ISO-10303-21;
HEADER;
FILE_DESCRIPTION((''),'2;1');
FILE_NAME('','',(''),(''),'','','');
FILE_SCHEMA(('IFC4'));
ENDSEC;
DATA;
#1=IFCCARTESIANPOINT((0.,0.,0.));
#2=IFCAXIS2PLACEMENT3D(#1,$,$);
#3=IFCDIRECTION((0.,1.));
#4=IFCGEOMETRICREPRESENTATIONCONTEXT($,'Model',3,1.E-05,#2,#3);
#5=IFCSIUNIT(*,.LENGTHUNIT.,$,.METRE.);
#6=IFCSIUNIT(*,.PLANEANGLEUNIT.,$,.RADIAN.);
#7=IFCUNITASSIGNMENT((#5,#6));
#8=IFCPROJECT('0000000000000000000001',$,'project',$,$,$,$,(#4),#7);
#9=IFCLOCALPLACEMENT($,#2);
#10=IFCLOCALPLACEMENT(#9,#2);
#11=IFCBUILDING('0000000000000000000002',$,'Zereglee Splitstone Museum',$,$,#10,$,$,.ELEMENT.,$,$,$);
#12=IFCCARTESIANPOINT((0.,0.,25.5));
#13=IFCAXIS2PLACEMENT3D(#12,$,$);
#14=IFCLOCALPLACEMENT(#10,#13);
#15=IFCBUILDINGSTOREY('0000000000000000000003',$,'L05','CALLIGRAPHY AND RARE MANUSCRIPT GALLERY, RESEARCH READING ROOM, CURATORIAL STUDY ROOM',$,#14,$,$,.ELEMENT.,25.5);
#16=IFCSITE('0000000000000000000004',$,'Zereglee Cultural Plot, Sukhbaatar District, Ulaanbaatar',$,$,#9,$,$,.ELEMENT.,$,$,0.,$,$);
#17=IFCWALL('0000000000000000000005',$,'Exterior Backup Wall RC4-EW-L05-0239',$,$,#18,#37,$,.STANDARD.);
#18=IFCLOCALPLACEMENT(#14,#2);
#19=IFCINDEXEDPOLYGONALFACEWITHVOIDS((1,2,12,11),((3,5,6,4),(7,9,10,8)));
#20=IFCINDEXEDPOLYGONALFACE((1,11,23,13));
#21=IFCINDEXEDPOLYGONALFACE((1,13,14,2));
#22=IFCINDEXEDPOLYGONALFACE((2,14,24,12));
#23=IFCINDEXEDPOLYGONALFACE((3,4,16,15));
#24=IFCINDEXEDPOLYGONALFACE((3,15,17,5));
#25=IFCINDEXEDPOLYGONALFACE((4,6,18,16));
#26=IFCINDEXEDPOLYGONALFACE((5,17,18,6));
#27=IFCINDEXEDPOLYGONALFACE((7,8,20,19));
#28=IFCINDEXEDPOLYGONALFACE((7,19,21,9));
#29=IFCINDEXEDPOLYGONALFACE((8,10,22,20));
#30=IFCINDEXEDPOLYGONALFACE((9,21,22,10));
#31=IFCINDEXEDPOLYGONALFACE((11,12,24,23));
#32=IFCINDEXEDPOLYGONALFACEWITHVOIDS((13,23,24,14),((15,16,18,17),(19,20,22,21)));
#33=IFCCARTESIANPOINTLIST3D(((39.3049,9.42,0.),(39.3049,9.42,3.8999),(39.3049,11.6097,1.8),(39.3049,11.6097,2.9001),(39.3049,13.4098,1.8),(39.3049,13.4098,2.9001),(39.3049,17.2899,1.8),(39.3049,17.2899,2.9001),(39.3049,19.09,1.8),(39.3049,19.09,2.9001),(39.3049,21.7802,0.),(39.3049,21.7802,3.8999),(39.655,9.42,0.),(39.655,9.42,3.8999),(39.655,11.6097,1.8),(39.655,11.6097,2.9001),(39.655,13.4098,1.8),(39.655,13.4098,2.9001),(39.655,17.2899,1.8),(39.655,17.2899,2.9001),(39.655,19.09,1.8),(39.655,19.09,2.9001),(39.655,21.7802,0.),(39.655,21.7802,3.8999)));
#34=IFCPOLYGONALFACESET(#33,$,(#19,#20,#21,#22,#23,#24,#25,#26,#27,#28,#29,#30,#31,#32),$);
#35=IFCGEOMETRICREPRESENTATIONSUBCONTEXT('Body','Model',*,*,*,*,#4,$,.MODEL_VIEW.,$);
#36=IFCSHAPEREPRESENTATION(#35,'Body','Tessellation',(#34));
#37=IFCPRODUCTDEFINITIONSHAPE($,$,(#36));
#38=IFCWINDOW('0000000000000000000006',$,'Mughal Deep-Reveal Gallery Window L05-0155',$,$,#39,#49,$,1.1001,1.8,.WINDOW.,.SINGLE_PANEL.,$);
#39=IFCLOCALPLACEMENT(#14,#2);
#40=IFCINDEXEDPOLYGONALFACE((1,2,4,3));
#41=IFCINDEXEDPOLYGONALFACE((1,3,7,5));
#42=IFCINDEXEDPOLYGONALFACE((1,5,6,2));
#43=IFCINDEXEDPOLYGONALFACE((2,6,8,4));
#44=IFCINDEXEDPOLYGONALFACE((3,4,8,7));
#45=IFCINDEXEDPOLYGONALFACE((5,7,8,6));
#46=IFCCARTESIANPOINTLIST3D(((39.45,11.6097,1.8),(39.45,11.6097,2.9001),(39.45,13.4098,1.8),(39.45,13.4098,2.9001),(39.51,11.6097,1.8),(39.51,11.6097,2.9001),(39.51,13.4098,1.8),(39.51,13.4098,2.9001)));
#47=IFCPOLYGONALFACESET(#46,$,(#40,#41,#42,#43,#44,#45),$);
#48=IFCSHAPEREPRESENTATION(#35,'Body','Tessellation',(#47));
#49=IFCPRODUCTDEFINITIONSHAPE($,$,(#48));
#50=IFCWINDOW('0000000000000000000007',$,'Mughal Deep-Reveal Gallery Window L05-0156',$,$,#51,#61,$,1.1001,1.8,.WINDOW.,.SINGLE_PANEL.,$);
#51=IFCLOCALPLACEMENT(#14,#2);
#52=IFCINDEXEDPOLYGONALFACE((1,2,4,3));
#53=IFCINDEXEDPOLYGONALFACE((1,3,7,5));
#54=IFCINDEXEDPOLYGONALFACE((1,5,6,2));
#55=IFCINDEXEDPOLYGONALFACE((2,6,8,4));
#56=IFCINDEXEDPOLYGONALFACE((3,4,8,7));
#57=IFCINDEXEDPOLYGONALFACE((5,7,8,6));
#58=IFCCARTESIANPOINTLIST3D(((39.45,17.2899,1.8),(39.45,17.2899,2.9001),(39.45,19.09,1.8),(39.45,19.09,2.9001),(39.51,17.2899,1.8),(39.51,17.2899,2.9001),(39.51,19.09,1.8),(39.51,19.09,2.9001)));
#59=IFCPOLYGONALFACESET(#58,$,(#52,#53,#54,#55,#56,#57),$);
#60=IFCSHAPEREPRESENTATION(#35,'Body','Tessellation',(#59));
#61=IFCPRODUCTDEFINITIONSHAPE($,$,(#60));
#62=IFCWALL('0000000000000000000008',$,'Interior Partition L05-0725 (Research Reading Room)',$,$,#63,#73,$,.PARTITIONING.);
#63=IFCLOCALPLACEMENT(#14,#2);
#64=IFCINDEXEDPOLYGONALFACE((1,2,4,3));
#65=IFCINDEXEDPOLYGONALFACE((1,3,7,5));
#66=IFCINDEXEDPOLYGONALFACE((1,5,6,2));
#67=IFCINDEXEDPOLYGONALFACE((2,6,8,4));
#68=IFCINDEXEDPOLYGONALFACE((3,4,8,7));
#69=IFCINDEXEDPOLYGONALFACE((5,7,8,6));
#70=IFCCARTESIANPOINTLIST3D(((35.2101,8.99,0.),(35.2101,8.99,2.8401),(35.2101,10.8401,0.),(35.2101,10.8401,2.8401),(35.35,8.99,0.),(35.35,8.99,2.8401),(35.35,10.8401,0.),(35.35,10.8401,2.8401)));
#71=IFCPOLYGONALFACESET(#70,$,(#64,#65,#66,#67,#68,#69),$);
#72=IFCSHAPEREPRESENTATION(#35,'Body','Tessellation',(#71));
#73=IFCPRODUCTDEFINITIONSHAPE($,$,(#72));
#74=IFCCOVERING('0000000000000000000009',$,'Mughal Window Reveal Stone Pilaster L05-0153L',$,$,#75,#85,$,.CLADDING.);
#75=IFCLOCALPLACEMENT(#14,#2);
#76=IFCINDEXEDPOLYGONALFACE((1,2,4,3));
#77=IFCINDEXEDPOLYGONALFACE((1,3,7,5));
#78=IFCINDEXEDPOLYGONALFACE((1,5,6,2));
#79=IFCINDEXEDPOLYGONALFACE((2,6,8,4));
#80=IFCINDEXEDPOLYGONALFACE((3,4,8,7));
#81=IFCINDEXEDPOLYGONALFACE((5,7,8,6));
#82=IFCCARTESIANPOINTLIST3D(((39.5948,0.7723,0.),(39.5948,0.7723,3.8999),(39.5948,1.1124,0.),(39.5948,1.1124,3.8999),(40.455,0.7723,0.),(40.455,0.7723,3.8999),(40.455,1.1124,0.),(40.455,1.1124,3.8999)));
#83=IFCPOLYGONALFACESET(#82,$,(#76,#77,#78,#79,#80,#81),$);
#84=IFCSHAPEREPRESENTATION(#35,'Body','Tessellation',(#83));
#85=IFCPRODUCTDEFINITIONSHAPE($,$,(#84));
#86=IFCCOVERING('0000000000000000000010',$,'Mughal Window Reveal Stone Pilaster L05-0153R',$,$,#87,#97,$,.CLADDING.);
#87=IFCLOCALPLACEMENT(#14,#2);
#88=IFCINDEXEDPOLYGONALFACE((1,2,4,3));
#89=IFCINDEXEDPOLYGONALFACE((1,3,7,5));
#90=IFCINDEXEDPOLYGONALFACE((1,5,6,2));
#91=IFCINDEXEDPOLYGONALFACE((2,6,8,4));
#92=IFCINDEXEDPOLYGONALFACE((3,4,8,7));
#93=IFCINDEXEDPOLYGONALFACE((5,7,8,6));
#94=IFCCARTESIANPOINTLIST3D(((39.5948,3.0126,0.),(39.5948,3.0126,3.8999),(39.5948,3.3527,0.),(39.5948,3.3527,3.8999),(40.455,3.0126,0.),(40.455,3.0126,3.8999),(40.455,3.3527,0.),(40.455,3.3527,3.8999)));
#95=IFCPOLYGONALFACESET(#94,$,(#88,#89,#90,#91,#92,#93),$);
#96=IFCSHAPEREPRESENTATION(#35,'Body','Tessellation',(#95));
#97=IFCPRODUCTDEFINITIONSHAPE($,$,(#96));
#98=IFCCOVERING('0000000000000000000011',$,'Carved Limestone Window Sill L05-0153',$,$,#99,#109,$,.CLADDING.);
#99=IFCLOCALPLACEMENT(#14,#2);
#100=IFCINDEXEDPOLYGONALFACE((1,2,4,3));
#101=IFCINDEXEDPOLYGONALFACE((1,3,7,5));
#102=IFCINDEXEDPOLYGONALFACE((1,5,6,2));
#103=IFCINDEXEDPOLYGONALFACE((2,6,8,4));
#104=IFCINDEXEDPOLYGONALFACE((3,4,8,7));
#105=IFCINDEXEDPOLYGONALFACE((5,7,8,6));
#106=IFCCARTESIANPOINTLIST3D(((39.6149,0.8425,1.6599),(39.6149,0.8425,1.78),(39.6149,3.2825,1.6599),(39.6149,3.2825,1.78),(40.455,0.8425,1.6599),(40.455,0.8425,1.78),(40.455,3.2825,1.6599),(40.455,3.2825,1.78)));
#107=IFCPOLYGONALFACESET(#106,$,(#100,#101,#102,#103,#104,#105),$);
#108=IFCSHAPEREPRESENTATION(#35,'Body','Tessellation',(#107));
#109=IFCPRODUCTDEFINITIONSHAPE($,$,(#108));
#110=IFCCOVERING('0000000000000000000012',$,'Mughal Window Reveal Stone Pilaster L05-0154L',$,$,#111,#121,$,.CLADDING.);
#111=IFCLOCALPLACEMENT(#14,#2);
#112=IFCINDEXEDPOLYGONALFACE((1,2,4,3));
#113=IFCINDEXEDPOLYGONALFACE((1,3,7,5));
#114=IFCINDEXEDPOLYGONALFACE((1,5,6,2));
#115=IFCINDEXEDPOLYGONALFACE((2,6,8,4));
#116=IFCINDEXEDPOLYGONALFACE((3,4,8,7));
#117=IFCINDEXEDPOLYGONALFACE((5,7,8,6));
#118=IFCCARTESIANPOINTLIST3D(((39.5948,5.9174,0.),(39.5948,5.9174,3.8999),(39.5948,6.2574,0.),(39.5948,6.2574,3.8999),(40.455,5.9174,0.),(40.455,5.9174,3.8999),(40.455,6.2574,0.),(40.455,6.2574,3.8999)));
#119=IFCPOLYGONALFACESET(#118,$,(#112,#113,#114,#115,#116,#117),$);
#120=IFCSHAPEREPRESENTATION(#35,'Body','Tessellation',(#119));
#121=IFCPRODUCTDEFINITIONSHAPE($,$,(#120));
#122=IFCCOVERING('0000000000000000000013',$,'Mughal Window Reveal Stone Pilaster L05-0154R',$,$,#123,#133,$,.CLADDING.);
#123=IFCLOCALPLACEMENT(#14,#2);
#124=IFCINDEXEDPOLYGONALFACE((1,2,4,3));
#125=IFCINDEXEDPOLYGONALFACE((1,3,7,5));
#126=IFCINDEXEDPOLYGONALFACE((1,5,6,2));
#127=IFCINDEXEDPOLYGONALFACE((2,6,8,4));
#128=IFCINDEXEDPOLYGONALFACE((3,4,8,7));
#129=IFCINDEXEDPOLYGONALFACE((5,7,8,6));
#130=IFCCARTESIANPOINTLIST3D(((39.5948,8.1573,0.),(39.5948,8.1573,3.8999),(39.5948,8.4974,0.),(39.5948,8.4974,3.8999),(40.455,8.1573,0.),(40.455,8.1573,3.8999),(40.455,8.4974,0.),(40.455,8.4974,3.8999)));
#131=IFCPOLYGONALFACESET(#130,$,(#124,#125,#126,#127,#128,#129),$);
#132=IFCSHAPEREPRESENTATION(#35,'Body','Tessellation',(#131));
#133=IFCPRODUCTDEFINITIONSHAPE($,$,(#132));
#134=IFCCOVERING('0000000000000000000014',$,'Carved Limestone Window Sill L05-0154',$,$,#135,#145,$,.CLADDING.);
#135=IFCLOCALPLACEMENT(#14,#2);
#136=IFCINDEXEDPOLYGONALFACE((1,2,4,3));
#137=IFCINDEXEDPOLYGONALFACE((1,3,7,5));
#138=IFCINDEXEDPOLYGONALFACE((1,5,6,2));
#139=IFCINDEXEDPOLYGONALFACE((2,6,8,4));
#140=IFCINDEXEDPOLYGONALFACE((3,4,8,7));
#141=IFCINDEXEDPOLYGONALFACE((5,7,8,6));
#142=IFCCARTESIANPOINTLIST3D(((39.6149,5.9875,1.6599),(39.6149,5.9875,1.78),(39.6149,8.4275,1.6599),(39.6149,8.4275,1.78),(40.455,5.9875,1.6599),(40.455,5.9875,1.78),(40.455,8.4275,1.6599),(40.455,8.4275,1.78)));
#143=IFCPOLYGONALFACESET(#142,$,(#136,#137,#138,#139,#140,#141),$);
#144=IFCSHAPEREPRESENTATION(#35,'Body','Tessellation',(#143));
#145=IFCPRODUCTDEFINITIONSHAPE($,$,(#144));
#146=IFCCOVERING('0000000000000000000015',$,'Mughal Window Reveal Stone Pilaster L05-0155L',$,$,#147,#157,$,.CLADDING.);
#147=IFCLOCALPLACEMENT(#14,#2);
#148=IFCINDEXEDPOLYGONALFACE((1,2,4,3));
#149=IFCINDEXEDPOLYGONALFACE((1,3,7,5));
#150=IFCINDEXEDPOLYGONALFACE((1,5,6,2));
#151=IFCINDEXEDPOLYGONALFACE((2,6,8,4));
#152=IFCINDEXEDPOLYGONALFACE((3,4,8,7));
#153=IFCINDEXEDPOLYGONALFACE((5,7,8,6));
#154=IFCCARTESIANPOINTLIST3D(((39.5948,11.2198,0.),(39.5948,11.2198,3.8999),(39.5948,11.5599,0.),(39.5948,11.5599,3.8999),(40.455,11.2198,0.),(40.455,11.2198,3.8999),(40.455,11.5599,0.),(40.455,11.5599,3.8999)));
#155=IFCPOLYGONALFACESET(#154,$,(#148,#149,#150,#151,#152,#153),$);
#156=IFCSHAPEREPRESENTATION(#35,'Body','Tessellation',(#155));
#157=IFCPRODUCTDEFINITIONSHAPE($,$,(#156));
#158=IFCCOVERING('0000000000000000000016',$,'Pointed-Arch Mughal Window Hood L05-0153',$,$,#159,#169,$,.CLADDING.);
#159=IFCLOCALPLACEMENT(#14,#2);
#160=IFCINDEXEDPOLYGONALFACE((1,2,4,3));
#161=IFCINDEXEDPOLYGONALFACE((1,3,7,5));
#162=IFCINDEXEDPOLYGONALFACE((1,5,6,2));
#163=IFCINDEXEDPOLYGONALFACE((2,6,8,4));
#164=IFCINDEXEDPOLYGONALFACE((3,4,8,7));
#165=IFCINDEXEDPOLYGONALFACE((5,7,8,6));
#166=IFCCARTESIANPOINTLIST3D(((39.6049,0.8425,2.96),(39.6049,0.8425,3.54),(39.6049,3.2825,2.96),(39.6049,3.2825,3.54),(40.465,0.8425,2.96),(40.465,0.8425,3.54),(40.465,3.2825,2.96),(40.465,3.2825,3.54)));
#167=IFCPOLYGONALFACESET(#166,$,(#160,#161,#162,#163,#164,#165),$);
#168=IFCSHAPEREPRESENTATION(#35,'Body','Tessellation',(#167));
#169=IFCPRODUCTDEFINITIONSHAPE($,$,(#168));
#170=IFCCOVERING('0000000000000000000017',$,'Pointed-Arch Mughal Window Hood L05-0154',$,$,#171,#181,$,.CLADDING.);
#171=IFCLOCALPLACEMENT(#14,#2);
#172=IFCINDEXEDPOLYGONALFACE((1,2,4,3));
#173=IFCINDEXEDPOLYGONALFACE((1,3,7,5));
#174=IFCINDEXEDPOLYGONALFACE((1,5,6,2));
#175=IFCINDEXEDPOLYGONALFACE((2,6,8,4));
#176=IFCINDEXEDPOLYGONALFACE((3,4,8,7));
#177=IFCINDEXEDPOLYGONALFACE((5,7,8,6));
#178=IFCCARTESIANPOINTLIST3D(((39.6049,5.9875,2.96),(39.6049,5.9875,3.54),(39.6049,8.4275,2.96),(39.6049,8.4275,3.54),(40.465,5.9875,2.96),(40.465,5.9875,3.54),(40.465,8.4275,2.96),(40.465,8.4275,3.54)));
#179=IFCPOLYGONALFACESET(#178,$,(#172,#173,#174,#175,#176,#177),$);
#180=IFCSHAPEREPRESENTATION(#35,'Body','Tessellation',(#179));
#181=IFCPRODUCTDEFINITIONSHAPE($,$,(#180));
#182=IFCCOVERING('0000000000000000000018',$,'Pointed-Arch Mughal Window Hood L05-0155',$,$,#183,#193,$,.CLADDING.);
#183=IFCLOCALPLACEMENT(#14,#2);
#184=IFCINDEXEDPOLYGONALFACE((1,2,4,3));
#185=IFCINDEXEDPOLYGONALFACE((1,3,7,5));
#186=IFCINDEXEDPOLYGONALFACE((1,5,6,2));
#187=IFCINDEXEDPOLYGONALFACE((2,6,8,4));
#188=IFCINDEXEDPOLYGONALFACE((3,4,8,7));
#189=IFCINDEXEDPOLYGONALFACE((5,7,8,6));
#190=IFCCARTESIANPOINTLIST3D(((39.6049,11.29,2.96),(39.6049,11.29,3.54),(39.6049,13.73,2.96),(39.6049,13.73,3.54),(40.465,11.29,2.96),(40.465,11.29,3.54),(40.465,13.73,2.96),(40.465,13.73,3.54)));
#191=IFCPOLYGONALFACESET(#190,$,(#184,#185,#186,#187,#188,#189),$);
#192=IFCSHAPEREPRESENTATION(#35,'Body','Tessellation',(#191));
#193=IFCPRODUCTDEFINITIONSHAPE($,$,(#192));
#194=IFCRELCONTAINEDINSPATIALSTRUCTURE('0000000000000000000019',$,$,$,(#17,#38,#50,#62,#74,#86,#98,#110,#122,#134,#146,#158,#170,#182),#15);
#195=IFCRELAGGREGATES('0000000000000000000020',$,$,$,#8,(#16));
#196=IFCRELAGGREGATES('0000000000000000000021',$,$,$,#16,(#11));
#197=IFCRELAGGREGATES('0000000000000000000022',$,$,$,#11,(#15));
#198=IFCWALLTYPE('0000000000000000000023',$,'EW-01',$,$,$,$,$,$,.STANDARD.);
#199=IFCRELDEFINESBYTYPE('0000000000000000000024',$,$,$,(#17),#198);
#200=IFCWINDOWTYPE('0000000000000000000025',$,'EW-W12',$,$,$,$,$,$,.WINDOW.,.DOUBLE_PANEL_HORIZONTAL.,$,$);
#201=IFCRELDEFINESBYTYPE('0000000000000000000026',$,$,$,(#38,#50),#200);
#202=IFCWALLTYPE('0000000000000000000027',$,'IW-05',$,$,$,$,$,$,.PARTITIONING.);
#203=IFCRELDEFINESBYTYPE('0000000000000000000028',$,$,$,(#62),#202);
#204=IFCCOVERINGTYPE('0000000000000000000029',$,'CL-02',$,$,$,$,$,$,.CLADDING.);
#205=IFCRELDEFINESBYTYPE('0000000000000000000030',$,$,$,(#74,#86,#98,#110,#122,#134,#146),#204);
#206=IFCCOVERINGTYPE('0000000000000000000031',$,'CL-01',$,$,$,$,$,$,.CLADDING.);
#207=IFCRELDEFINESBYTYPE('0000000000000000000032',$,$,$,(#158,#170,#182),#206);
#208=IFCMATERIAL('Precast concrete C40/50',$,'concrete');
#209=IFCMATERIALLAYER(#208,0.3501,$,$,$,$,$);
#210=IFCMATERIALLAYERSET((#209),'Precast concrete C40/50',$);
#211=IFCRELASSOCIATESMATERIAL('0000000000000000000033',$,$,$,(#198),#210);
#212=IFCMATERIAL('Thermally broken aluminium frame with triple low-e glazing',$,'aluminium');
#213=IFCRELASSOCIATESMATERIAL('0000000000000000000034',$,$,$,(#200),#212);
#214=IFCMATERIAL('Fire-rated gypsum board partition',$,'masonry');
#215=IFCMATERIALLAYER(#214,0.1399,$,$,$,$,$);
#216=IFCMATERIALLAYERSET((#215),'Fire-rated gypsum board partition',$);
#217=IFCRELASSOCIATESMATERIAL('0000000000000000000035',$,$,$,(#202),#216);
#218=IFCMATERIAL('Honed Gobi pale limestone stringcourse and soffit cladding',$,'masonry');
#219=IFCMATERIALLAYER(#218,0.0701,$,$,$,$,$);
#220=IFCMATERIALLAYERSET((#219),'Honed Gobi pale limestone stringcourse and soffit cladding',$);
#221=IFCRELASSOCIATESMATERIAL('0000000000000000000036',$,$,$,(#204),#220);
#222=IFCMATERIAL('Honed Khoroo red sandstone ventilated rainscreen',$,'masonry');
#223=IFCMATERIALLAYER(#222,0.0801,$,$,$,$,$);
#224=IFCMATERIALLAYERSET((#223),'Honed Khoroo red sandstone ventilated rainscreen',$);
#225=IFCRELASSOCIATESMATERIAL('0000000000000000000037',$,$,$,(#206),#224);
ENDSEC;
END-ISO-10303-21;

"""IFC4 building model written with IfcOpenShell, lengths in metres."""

from ifc_helpers import new_model, si_unit, direction, frame, frame_2d, origin, origin_2d, place, context, subcontext, project, spatial, rectangle, extrude, material, layer, layer_set, type_object, element, fill, save


model = new_model("IFC4")

# Units and contexts
model_context = context("Model", 3, precision=1e-05, world=origin(), true_north=direction((0.0, 1.0)))
body_context = subcontext(model_context, "Body", "Model", "MODEL_VIEW")
ifc_project = project(units=[si_unit("LENGTHUNIT", "METRE"), si_unit("PLANEANGLEUNIT", "RADIAN")], contexts=[model_context])

# Site, building, storey
site_placement = place(None, origin())
site = spatial("IfcSite", under=ifc_project, at=site_placement, Name="Zereglee Cultural Plot, Sukhbaatar District, Ulaanbaatar", CompositionType="ELEMENT", RefElevation=0.0)
building_placement = place(site_placement, origin())
building = spatial("IfcBuilding", under=site, at=building_placement, Name="Zereglee Splitstone Museum", CompositionType="ELEMENT")
storey_placement = place(building_placement, frame((0.0, 0.0, 25.5)))
storey = spatial("IfcBuildingStorey", under=building, at=storey_placement, Name="L05", Description="CALLIGRAPHY AND RARE MANUSCRIPT GALLERY, RESEARCH READING ROOM, CURATORIAL STUDY ROOM", CompositionType="ELEMENT", Elevation=25.5)

# Wall, openings, windows
ifc_material_1 = material(Name="Precast concrete C40/50", Category="concrete")
ifc_layer_1 = layer(ifc_material_1, 0.3501)
ifc_layer_set_1 = layer_set([ifc_layer_1], Name="Precast concrete C40/50")
wall_type_1 = type_object("IfcWallType", Name="EW-01", PredefinedType="STANDARD", material=ifc_layer_set_1)
ifc_material_2 = material(Name="Thermally broken aluminium frame with triple low-e glazing", Category="aluminium")
window_type = type_object("IfcWindowType", Name="EW-W12", PartitioningType="DOUBLE_PANEL_HORIZONTAL", PredefinedType="WINDOW", material=ifc_material_2)
wall_1_placement = place(storey_placement, frame((39.48, 9.4199, 0.0), z_axis=(0.0, 0.0, 1.0), x_axis=(0.0, 1.0, 0.0)))
wall_1 = element("IfcWall", 1, at=wall_1_placement, inside=storey, type_object=wall_type_1, Name="Exterior Backup Wall RC4-EW-L05-0239", PredefinedType="STANDARD", context=body_context, shape_type="SweptSolid", body=[
    extrude(rectangle(XDim=12.3601, YDim=0.3501, at=frame_2d((6.1802, 0.0))), origin(), (0.0, 0.0, 1.0), 3.8999),
])
opening_1_placement = place(wall_1_placement, frame((2.1899, 0.0, 1.8)))
opening_1 = element("IfcOpeningElement", 2, at=opening_1_placement, cuts=wall_1, PredefinedType="OPENING", context=body_context, shape_type="SweptSolid", body=[
    extrude(rectangle(XDim=1.8, YDim=1.1001, at=frame_2d((0.8999, 0.55))), frame((0.0, 0.1899, 0.0), z_axis=(0.0, -1.0, 0.0), x_axis=(1.0, 0.0, 0.0)), (0.0, 0.0, 1.0), 0.3799),
])
opening_2_placement = place(wall_1_placement, frame((7.8701, 0.0, 1.8)))
opening_2 = element("IfcOpeningElement", 3, at=opening_2_placement, cuts=wall_1, PredefinedType="OPENING", context=body_context, shape_type="SweptSolid", body=[
    extrude(rectangle(XDim=1.8, YDim=1.1001, at=frame_2d((0.8999, 0.55))), frame((0.0, 0.1899, 0.0), z_axis=(0.0, -1.0, 0.0), x_axis=(1.0, 0.0, 0.0)), (0.0, 0.0, 1.0), 0.3799),
])
window_1_placement = place(opening_1_placement, origin())
window_1 = element("IfcWindow", 4, at=window_1_placement, inside=storey, type_object=window_type, Name="Mughal Deep-Reveal Gallery Window L05-0155", OverallHeight=1.1001, OverallWidth=1.8, PartitioningType="SINGLE_PANEL", PredefinedType="WINDOW", context=body_context, shape_type="SweptSolid", body=[
    extrude(rectangle(XDim=1.8, YDim=1.1001, at=frame_2d((0.8999, 0.55))), frame((0.0, 0.03, 0.0), z_axis=(0.0, -1.0, 0.0), x_axis=(1.0, 0.0, 0.0)), (0.0, 0.0, 1.0), 0.0601),
])
fill(opening_1, window_1)
window_2_placement = place(opening_2_placement, origin())
window_2 = element("IfcWindow", 5, at=window_2_placement, inside=storey, type_object=window_type, Name="Mughal Deep-Reveal Gallery Window L05-0156", OverallHeight=1.1001, OverallWidth=1.8, PartitioningType="SINGLE_PANEL", PredefinedType="WINDOW", context=body_context, shape_type="SweptSolid", body=[
    extrude(rectangle(XDim=1.8, YDim=1.1001, at=frame_2d((0.8999, 0.55))), frame((0.0, 0.03, 0.0), z_axis=(0.0, -1.0, 0.0), x_axis=(1.0, 0.0, 0.0)), (0.0, 0.0, 1.0), 0.0601),
])
fill(opening_2, window_2)

# Wall
ifc_material_3 = material(Name="Fire-rated gypsum board partition", Category="masonry")
ifc_layer_2 = layer(ifc_material_3, 0.1399)
ifc_layer_set_2 = layer_set([ifc_layer_2], Name="Fire-rated gypsum board partition")
wall_type_2 = type_object("IfcWallType", Name="IW-05", PredefinedType="PARTITIONING", material=ifc_layer_set_2)
wall_2_placement = place(storey_placement, frame((35.28, 8.99, 0.0), z_axis=(0.0, 0.0, 1.0), x_axis=(0.0, 1.0, 0.0)))
element("IfcWall", 6, at=wall_2_placement, inside=storey, type_object=wall_type_2, Name="Interior Partition L05-0725 (Research Reading Room)", PredefinedType="PARTITIONING", context=body_context, shape_type="SweptSolid", body=[
    extrude(rectangle(XDim=1.8501, YDim=0.1399, at=frame_2d((0.925, 0.0))), origin(), (0.0, 0.0, 1.0), 2.8401),
])

# Coverings
ifc_material_4 = material(Name="Honed Gobi pale limestone stringcourse and soffit cladding", Category="masonry")
ifc_layer_3 = layer(ifc_material_4, 0.0701)
ifc_layer_set_3 = layer_set([ifc_layer_3], Name="Honed Gobi pale limestone stringcourse and soffit cladding")
covering_type_1 = type_object("IfcCoveringType", Name="CL-02", PredefinedType="CLADDING", material=ifc_layer_set_3)
for number, where, z_axis, x_axis, name in (
    (7, (40.0249, 0.9424, 0.0), (0.0, 0.0, 1.0), (0.0, 1.0, 0.0), "Mughal Window Reveal Stone Pilaster L05-0153L"),
    (8, (40.0249, 3.1826, 0.0), (0.0, 0.0, 1.0), (0.0, 1.0, 0.0), "Mughal Window Reveal Stone Pilaster L05-0153R"),
):
    element("IfcCovering", number, at=place(storey_placement, frame(where, z_axis=z_axis, x_axis=x_axis)), inside=storey, type_object=covering_type_1, Name=name, PredefinedType="CLADDING", context=body_context, shape_type="SweptSolid", body=[
        extrude(rectangle(XDim=0.3401, YDim=0.8601, at=origin_2d()), origin(), (0.0, 0.0, 1.0), 3.8999),
    ])
covering_1_placement = place(storey_placement, frame((40.0349, 2.0625, 1.6599), z_axis=(0.0, 0.0, 1.0), x_axis=(0.0, 1.0, 0.0)))
element("IfcCovering", 9, at=covering_1_placement, inside=storey, type_object=covering_type_1, Name="Carved Limestone Window Sill L05-0153", PredefinedType="CLADDING", context=body_context, shape_type="SweptSolid", body=[
    extrude(rectangle(XDim=2.4399, YDim=0.8401, at=origin_2d()), origin(), (0.0, 0.0, 1.0), 0.1201),
])
for number, where, z_axis, x_axis, name in (
    (10, (40.0249, 6.0874, 0.0), (0.0, 0.0, 1.0), (0.0, 1.0, 0.0), "Mughal Window Reveal Stone Pilaster L05-0154L"),
    (11, (40.0249, 8.3274, 0.0), (0.0, 0.0, 1.0), (0.0, 1.0, 0.0), "Mughal Window Reveal Stone Pilaster L05-0154R"),
):
    element("IfcCovering", number, at=place(storey_placement, frame(where, z_axis=z_axis, x_axis=x_axis)), inside=storey, type_object=covering_type_1, Name=name, PredefinedType="CLADDING", context=body_context, shape_type="SweptSolid", body=[
        extrude(rectangle(XDim=0.3401, YDim=0.8601, at=origin_2d()), origin(), (0.0, 0.0, 1.0), 3.8999),
    ])
covering_2_placement = place(storey_placement, frame((40.0349, 7.2075, 1.6599), z_axis=(0.0, 0.0, 1.0), x_axis=(0.0, 1.0, 0.0)))
element("IfcCovering", 12, at=covering_2_placement, inside=storey, type_object=covering_type_1, Name="Carved Limestone Window Sill L05-0154", PredefinedType="CLADDING", context=body_context, shape_type="SweptSolid", body=[
    extrude(rectangle(XDim=2.4399, YDim=0.8401, at=origin_2d()), origin(), (0.0, 0.0, 1.0), 0.1201),
])
covering_3_placement = place(storey_placement, frame((40.0249, 11.3899, 0.0), z_axis=(0.0, 0.0, 1.0), x_axis=(0.0, 1.0, 0.0)))
element("IfcCovering", 13, at=covering_3_placement, inside=storey, type_object=covering_type_1, Name="Mughal Window Reveal Stone Pilaster L05-0155L", PredefinedType="CLADDING", context=body_context, shape_type="SweptSolid", body=[
    extrude(rectangle(XDim=0.3401, YDim=0.8601, at=origin_2d()), origin(), (0.0, 0.0, 1.0), 3.8999),
])
ifc_material_5 = material(Name="Honed Khoroo red sandstone ventilated rainscreen", Category="masonry")
ifc_layer_4 = layer(ifc_material_5, 0.0801)
ifc_layer_set_4 = layer_set([ifc_layer_4], Name="Honed Khoroo red sandstone ventilated rainscreen")
covering_type_2 = type_object("IfcCoveringType", Name="CL-01", PredefinedType="CLADDING", material=ifc_layer_set_4)
for number, where, z_axis, x_axis, name in (
    (14, (40.0349, 2.0625, 2.96), (0.0, 0.0, 1.0), (0.0, 1.0, 0.0), "Pointed-Arch Mughal Window Hood L05-0153"),
    (15, (40.0349, 7.2075, 2.96), (0.0, 0.0, 1.0), (0.0, 1.0, 0.0), "Pointed-Arch Mughal Window Hood L05-0154"),
    (16, (40.0349, 12.51, 2.96), (0.0, 0.0, 1.0), (0.0, 1.0, 0.0), "Pointed-Arch Mughal Window Hood L05-0155"),
):
    element("IfcCovering", number, at=place(storey_placement, frame(where, z_axis=z_axis, x_axis=x_axis)), inside=storey, type_object=covering_type_2, Name=name, PredefinedType="CLADDING", context=body_context, shape_type="SweptSolid", body=[
        extrude(rectangle(XDim=2.4399, YDim=0.8601, at=origin_2d()), origin(), (0.0, 0.0, 1.0), 0.5801),
    ])

save(model, "model.ifc")
